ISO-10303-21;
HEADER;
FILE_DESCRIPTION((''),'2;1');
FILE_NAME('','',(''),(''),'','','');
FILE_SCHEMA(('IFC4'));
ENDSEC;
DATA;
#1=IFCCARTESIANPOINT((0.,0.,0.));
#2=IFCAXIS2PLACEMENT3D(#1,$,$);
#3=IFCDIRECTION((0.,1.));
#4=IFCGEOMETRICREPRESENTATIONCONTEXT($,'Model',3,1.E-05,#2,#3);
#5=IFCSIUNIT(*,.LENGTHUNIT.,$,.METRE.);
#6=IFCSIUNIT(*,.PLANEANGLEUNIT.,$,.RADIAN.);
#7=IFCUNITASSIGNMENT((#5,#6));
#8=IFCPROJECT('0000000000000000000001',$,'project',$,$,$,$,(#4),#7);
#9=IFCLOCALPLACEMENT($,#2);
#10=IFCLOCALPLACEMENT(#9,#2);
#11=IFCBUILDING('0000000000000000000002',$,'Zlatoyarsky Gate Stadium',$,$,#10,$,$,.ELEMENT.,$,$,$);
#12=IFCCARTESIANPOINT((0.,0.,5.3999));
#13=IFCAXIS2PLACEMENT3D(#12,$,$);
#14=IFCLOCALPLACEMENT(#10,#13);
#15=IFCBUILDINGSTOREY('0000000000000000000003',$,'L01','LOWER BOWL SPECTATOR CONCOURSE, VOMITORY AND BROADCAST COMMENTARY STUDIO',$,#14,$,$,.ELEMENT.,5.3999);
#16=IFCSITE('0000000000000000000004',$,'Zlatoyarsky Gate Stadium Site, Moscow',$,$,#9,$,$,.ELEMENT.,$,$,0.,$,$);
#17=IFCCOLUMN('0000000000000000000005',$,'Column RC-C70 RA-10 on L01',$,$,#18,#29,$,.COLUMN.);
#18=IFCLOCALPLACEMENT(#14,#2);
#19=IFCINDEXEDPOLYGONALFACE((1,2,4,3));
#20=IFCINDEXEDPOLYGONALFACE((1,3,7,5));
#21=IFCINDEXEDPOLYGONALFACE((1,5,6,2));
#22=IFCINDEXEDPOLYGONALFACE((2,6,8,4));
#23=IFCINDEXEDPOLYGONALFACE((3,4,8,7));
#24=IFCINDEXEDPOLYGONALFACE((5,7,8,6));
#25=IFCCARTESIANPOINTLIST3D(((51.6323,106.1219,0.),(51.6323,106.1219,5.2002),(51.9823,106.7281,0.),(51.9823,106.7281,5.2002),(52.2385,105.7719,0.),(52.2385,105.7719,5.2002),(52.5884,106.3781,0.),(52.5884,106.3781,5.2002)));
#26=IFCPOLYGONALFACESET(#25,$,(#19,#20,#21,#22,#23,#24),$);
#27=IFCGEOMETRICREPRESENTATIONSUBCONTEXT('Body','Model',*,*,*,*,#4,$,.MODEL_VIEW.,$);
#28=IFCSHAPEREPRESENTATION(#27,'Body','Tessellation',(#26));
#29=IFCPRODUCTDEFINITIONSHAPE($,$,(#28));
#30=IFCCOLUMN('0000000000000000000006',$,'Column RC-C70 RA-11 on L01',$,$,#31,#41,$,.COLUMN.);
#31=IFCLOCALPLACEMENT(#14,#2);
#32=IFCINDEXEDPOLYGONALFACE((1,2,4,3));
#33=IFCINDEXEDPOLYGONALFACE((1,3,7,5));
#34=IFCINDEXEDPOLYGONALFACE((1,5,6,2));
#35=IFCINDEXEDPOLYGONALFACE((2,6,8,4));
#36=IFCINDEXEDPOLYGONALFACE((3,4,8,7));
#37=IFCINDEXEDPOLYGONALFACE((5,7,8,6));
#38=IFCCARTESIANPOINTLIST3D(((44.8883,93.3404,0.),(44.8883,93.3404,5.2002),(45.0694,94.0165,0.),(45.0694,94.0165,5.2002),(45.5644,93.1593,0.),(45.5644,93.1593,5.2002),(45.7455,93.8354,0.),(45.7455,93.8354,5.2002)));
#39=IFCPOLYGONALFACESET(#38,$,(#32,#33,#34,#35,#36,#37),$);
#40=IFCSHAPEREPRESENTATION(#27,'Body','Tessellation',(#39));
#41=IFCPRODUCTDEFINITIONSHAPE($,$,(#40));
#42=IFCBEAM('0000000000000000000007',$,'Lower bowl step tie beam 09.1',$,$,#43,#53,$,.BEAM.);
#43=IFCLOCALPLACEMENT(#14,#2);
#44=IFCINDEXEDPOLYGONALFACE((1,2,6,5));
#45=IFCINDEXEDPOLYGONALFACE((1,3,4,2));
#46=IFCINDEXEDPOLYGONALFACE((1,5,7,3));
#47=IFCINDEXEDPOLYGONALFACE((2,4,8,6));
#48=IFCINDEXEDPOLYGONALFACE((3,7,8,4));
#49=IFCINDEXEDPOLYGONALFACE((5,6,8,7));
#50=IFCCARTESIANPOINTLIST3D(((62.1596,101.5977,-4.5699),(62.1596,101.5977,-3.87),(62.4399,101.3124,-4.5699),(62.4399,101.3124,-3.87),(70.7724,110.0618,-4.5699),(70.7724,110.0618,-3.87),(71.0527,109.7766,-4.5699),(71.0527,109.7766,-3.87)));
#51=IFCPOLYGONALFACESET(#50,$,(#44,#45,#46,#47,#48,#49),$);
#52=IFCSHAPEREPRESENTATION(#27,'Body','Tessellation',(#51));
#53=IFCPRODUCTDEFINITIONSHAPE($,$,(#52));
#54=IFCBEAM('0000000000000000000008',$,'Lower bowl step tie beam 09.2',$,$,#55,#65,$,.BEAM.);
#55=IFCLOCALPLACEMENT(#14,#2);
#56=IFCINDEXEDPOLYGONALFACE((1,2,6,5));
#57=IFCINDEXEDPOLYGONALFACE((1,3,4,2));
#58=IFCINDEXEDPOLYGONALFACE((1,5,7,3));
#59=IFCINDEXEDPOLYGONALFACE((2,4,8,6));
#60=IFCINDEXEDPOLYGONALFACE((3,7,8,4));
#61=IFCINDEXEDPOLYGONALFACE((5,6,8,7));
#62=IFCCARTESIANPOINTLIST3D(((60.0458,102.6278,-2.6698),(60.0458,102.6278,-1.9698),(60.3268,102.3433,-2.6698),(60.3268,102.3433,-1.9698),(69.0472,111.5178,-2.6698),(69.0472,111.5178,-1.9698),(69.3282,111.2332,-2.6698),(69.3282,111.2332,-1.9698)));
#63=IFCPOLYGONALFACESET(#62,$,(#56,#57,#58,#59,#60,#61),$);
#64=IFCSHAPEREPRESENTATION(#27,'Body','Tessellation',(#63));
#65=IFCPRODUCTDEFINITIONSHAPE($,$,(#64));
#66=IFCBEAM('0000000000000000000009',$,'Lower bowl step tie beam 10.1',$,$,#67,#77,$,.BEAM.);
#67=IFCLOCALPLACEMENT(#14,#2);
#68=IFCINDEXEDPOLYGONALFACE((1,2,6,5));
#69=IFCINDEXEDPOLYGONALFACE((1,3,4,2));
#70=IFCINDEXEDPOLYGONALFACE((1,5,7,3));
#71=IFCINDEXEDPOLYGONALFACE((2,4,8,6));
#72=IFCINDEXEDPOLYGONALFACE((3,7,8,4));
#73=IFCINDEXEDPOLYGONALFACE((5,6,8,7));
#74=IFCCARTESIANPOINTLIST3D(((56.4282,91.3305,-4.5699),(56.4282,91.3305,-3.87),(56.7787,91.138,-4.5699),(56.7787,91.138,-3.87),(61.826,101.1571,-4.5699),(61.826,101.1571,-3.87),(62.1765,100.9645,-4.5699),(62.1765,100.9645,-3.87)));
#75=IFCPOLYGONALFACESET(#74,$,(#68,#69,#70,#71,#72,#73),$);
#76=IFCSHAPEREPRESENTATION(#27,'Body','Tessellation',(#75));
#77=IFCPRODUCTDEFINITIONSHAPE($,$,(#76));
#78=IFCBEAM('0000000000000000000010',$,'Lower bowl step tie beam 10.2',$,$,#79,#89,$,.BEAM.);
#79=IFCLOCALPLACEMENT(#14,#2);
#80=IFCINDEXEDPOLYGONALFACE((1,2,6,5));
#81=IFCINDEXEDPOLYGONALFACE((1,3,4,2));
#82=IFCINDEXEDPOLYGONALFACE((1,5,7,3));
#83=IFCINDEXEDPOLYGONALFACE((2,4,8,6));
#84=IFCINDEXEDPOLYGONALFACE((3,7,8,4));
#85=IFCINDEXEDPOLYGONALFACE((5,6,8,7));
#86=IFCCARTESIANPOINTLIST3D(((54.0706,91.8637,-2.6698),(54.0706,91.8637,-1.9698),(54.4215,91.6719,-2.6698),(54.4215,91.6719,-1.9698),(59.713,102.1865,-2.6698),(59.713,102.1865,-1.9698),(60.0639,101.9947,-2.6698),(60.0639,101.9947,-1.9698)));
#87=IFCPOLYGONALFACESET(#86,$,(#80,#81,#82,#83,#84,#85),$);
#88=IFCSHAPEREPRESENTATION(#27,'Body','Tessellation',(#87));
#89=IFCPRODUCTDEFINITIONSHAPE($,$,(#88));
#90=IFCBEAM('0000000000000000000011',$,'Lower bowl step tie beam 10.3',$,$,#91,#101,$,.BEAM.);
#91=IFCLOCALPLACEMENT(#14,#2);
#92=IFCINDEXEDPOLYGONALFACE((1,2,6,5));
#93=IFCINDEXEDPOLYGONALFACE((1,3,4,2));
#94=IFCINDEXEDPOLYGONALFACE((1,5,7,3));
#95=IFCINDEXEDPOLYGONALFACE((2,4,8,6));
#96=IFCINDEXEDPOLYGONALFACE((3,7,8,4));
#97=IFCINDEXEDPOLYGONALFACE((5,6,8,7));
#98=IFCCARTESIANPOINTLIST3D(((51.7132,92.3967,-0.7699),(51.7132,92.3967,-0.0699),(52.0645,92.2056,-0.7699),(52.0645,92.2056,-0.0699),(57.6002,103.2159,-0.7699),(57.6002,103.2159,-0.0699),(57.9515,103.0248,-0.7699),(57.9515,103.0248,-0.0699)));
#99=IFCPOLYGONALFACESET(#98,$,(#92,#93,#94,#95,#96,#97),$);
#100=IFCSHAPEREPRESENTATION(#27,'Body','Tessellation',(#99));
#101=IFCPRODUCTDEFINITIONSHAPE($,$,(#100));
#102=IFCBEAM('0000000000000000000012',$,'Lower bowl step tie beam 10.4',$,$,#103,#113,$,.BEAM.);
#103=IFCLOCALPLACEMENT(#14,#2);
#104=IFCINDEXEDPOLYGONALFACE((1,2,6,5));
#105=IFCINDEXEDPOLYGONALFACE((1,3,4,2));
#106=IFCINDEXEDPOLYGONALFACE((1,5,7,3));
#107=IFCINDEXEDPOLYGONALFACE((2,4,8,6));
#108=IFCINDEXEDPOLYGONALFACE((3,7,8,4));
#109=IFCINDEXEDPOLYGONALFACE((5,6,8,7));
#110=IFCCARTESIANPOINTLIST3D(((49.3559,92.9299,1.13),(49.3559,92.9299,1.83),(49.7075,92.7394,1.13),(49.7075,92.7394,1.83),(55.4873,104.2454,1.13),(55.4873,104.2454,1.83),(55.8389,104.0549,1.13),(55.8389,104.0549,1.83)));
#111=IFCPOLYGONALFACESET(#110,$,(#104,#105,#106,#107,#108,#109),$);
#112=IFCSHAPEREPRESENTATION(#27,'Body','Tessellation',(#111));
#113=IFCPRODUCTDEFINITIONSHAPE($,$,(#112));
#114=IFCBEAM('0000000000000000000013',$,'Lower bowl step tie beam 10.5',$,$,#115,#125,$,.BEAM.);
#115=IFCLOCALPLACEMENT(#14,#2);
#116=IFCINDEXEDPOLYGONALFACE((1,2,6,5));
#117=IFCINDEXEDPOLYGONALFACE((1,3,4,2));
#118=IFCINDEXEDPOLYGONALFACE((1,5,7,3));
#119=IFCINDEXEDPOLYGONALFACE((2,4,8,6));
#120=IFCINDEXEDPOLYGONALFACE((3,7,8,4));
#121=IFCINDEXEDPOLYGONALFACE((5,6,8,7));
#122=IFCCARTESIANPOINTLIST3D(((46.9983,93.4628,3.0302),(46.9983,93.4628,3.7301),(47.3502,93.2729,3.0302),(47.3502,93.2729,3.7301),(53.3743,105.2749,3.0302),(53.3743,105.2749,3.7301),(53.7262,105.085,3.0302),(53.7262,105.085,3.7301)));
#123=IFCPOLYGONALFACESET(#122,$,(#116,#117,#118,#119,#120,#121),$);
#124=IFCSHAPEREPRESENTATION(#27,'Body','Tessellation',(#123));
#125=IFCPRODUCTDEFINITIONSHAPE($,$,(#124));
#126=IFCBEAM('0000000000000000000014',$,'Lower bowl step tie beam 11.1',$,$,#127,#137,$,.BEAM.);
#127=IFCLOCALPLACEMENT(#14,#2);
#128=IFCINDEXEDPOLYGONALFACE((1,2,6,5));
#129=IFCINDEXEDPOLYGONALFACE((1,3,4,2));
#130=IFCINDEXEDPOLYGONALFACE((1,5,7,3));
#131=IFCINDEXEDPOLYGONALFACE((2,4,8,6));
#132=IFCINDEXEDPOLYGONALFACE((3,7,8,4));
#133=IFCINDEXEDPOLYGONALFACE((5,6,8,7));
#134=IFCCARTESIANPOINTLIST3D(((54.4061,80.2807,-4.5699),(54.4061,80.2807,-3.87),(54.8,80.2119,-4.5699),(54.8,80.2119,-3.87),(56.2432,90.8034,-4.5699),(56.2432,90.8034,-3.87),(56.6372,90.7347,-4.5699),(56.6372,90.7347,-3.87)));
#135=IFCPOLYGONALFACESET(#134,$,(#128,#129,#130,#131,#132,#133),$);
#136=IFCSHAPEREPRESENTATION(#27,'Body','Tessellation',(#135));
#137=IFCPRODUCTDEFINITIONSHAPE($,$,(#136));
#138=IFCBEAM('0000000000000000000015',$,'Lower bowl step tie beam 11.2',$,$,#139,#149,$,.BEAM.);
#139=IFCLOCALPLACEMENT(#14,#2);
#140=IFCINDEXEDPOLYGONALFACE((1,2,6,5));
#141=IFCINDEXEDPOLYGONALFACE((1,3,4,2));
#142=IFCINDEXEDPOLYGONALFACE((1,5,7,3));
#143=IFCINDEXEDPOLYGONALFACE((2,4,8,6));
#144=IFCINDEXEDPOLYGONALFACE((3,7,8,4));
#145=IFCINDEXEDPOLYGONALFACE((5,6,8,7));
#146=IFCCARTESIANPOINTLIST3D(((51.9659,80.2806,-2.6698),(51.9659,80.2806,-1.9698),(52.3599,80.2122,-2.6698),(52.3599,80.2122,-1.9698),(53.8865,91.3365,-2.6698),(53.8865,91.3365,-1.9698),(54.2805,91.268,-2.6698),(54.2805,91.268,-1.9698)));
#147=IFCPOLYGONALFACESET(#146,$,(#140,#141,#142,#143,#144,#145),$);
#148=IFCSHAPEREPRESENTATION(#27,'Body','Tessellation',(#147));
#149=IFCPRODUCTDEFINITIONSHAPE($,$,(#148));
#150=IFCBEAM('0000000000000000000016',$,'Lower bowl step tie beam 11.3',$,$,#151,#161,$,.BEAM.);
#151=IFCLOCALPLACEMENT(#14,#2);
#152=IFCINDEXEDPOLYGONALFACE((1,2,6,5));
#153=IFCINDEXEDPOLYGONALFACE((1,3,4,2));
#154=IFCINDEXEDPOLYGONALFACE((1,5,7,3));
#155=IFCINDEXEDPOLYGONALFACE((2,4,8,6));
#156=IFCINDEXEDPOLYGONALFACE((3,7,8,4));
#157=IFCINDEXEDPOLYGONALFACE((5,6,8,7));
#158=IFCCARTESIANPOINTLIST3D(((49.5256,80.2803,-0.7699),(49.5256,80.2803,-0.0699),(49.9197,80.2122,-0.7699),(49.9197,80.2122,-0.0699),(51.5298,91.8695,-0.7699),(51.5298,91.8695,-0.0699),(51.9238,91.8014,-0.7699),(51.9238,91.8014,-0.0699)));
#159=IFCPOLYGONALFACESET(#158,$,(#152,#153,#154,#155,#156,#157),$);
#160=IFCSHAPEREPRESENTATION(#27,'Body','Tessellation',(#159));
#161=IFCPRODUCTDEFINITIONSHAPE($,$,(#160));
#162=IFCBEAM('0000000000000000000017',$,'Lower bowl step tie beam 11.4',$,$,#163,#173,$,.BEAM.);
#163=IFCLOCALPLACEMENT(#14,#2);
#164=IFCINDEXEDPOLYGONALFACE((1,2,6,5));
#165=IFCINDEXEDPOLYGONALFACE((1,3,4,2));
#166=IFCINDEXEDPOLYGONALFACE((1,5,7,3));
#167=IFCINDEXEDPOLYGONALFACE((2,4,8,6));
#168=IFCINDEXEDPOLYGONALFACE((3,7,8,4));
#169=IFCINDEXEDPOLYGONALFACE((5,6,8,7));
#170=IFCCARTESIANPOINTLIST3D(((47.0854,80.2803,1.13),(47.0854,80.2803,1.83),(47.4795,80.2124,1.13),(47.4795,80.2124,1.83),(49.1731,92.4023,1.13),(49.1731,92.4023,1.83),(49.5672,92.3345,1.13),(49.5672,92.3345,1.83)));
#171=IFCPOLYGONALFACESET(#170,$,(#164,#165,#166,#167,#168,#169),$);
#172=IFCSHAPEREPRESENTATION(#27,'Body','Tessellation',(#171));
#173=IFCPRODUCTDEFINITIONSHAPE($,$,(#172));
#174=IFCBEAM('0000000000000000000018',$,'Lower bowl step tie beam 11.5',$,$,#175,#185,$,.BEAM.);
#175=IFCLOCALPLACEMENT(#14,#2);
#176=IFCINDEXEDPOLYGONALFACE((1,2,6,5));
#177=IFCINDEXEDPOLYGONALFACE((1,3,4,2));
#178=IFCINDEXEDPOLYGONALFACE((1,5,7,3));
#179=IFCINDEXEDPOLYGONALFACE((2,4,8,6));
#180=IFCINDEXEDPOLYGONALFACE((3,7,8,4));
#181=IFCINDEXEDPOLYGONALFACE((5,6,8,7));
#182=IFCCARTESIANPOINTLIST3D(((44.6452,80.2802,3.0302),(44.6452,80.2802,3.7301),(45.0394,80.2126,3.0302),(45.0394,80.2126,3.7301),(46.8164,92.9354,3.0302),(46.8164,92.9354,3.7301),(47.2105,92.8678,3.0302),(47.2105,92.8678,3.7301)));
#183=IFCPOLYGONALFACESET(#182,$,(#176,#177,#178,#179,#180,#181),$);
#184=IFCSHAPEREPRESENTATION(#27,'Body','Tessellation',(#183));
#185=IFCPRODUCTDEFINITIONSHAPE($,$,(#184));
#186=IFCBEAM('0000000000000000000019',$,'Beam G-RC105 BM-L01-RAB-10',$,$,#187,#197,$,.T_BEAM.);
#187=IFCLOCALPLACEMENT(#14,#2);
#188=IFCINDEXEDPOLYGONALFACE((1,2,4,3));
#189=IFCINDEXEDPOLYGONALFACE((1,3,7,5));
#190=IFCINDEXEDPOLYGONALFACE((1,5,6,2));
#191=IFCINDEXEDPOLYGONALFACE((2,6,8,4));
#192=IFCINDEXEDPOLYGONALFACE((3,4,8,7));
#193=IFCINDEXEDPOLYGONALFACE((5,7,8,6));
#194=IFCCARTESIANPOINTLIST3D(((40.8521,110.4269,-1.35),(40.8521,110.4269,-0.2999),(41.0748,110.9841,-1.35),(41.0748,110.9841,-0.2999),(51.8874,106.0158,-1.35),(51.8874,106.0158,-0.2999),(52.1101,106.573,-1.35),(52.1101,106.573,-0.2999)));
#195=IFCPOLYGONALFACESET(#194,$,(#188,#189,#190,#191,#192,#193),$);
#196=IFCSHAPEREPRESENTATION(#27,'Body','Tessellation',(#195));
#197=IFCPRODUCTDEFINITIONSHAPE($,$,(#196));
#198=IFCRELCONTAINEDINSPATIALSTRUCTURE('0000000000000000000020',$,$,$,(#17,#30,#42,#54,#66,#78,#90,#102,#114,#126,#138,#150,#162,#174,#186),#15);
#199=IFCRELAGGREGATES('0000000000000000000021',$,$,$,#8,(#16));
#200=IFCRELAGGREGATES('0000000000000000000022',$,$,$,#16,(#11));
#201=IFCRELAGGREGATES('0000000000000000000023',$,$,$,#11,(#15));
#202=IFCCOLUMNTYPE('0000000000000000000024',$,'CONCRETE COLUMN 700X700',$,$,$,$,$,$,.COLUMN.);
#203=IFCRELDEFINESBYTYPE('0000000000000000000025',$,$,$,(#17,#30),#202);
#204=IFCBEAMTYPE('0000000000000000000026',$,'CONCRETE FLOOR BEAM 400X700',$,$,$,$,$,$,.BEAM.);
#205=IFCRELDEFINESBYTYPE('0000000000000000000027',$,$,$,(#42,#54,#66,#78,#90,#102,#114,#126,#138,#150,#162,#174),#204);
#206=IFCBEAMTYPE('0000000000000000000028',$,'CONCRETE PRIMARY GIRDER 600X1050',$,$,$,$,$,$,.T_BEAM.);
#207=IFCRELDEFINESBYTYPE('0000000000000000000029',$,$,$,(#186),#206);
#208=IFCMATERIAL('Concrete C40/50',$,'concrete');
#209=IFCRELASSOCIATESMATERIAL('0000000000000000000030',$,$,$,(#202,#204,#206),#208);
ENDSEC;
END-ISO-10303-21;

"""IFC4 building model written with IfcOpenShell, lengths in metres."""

from ifc_helpers import new_model, si_unit, direction, frame, origin, origin_2d, place, context, subcontext, project, spatial, rectangle, extrude, material, material_profile, profile_set, type_object, element, save


model = new_model("IFC4")

# Units and contexts
model_context = context("Model", 3, precision=1e-05, world=origin(), true_north=direction((0.0, 1.0)))
body_context = subcontext(model_context, "Body", "Model", "MODEL_VIEW")
ifc_project = project(units=[si_unit("LENGTHUNIT", "METRE"), si_unit("PLANEANGLEUNIT", "RADIAN")], contexts=[model_context])

# Site, building, storey
site_placement = place(None, origin())
site = spatial("IfcSite", under=ifc_project, at=site_placement, Name="Zlatoyarsky Gate Stadium Site, Moscow", CompositionType="ELEMENT", RefElevation=0.0)
building_placement = place(site_placement, origin())
building = spatial("IfcBuilding", under=site, at=building_placement, Name="Zlatoyarsky Gate Stadium", CompositionType="ELEMENT")
storey_placement = place(building_placement, frame((0.0, 0.0, 5.3999)))
storey = spatial("IfcBuildingStorey", under=building, at=storey_placement, Name="L01", Description="LOWER BOWL SPECTATOR CONCOURSE, VOMITORY AND BROADCAST COMMENTARY STUDIO", CompositionType="ELEMENT", Elevation=5.3999)

# Columns
ifc_material_1 = material(Name="Concrete C40/50", Category="concrete")
ifc_material_profile_1 = material_profile(ifc_material_1, rectangle(XDim=0.7, YDim=0.7, at=origin_2d()), Name="RC COL 700X700")
ifc_profile_set_1 = profile_set([ifc_material_profile_1], Name="Concrete C40/50")
column_type = type_object("IfcColumnType", Name="CONCRETE COLUMN 700X700", PredefinedType="COLUMN", material=ifc_profile_set_1)
for number, where, z_axis, x_axis, name in (
    (1, (52.1104, 106.25, 0.0), (0.0, 0.0, 1.0), (-0.866025, 0.5, 0.0), "Column RC-C70 RA-10 on L01"),
    (2, (45.3169, 93.5879, 0.0), (0.0, 0.0, 1.0), (-0.965926, 0.258819, 0.0), "Column RC-C70 RA-11 on L01"),
):
    element("IfcColumn", number, at=place(storey_placement, frame(where, z_axis=z_axis, x_axis=x_axis)), inside=storey, type_object=column_type, Name=name, PredefinedType="COLUMN", context=body_context, shape_type="SweptSolid", body=[
        extrude(rectangle(XDim=0.7, YDim=0.7, at=origin_2d()), origin(), (0.0, 0.0, 1.0), 5.2002),
    ])

# Beams
ifc_material_profile_2 = material_profile(ifc_material_1, rectangle(XDim=0.3999, YDim=0.7, at=origin_2d()), Name="RC BEAM 400X700")
ifc_profile_set_2 = profile_set([ifc_material_profile_2], Name="Concrete C40/50")
beam_type_1 = type_object("IfcBeamType", Name="CONCRETE FLOOR BEAM 400X700", PredefinedType="BEAM", material=ifc_profile_set_2)
beam_1_placement = place(storey_placement, frame((70.9126, 109.9192, -4.22), z_axis=(-0.713236, -0.700924, 0.0), x_axis=(0.700924, -0.713236, 0.0)))
element("IfcBeam", 3, at=beam_1_placement, inside=storey, type_object=beam_type_1, Name="Lower bowl step tie beam 09.1", PredefinedType="BEAM", context=body_context, shape_type="SweptSolid", body=[
    extrude(rectangle(XDim=0.3999, YDim=0.7, at=origin_2d()), origin(), (0.0, 0.0, 1.0), 12.0757),
])
beam_2_placement = place(storey_placement, frame((69.1877, 111.3755, -2.3198), z_axis=(-0.711503, -0.702684, 0.0), x_axis=(0.702684, -0.711503, 0.0)))
element("IfcBeam", 4, at=beam_2_placement, inside=storey, type_object=beam_type_1, Name="Lower bowl step tie beam 09.2", PredefinedType="BEAM", context=body_context, shape_type="SweptSolid", body=[
    extrude(rectangle(XDim=0.3999, YDim=0.7, at=origin_2d()), origin(), (0.0, 0.0, 1.0), 12.6514),
])
beam_3_placement = place(storey_placement, frame((62.0012, 101.0608, -4.22), z_axis=(-0.481451, -0.876473, 0.0), x_axis=(0.876473, -0.481451, 0.0)))
element("IfcBeam", 5, at=beam_3_placement, inside=storey, type_object=beam_type_1, Name="Lower bowl step tie beam 10.1", PredefinedType="BEAM", context=body_context, shape_type="SweptSolid", body=[
    extrude(rectangle(XDim=0.3999, YDim=0.7, at=origin_2d()), origin(), (0.0, 0.0, 1.0), 11.2114),
])
beam_4_placement = place(storey_placement, frame((59.8884, 102.0906, -2.3198), z_axis=(-0.479621, -0.877476, 0.0), x_axis=(0.877476, -0.479621, 0.0)))
element("IfcBeam", 6, at=beam_4_placement, inside=storey, type_object=beam_type_1, Name="Lower bowl step tie beam 10.2", PredefinedType="BEAM", context=body_context, shape_type="SweptSolid", body=[
    extrude(rectangle(XDim=0.3999, YDim=0.7, at=origin_2d()), origin(), (0.0, 0.0, 1.0), 11.7642),
])
beam_5_placement = place(storey_placement, frame((57.7759, 103.1204, -0.4199), z_axis=(-0.477953, -0.878385, 0.0), x_axis=(0.878385, -0.477953, 0.0)))
element("IfcBeam", 7, at=beam_5_placement, inside=storey, type_object=beam_type_1, Name="Lower bowl step tie beam 10.3", PredefinedType="BEAM", context=body_context, shape_type="SweptSolid", body=[
    extrude(rectangle(XDim=0.3999, YDim=0.7, at=origin_2d()), origin(), (0.0, 0.0, 1.0), 12.3171),
])
beam_6_placement = place(storey_placement, frame((55.6631, 104.1501, 1.48), z_axis=(-0.476413, -0.879222, 0.0), x_axis=(0.879222, -0.476413, 0.0)))
element("IfcBeam", 8, at=beam_6_placement, inside=storey, type_object=beam_type_1, Name="Lower bowl step tie beam 10.4", PredefinedType="BEAM", context=body_context, shape_type="SweptSolid", body=[
    extrude(rectangle(XDim=0.3999, YDim=0.7, at=origin_2d()), origin(), (0.0, 0.0, 1.0), 12.8699),
])
beam_7_placement = place(storey_placement, frame((53.5503, 105.1799, 3.3801), z_axis=(-0.475004, -0.879984, 0.0), x_axis=(0.879984, -0.475004, 0.0)))
element("IfcBeam", 9, at=beam_7_placement, inside=storey, type_object=beam_type_1, Name="Lower bowl step tie beam 10.5", PredefinedType="BEAM", context=body_context, shape_type="SweptSolid", body=[
    extrude(rectangle(XDim=0.3999, YDim=0.7, at=origin_2d()), origin(), (0.0, 0.0, 1.0), 13.4231),
])
beam_8_placement = place(storey_placement, frame((56.4402, 90.769, -4.22), z_axis=(-0.171988, -0.985099, 0.0), x_axis=(0.985099, -0.171988, 0.0)))
element("IfcBeam", 10, at=beam_8_placement, inside=storey, type_object=beam_type_1, Name="Lower bowl step tie beam 11.1", PredefinedType="BEAM", context=body_context, shape_type="SweptSolid", body=[
    extrude(rectangle(XDim=0.3999, YDim=0.7, at=origin_2d()), origin(), (0.0, 0.0, 1.0), 10.6819),
])
beam_9_placement = place(storey_placement, frame((54.0835, 91.3022, -2.3198), z_axis=(-0.171158, -0.985244, 0.0), x_axis=(0.985244, -0.171158, 0.0)))
element("IfcBeam", 11, at=beam_9_placement, inside=storey, type_object=beam_type_1, Name="Lower bowl step tie beam 11.2", PredefinedType="BEAM", context=body_context, shape_type="SweptSolid", body=[
    extrude(rectangle(XDim=0.3999, YDim=0.7, at=origin_2d()), origin(), (0.0, 0.0, 1.0), 11.2214),
])
beam_10_placement = place(storey_placement, frame((51.7268, 91.8354, -0.4199), z_axis=(-0.170405, -0.985374, 0.0), x_axis=(0.985374, -0.170405, 0.0)))
element("IfcBeam", 12, at=beam_10_placement, inside=storey, type_object=beam_type_1, Name="Lower bowl step tie beam 11.3", PredefinedType="BEAM", context=body_context, shape_type="SweptSolid", body=[
    extrude(rectangle(XDim=0.3999, YDim=0.7, at=origin_2d()), origin(), (0.0, 0.0, 1.0), 11.7612),
])
beam_11_placement = place(storey_placement, frame((49.3701, 92.3684, 1.48), z_axis=(-0.16972, -0.985492, 0.0), x_axis=(0.985492, -0.16972, 0.0)))
element("IfcBeam", 13, at=beam_11_placement, inside=storey, type_object=beam_type_1, Name="Lower bowl step tie beam 11.4", PredefinedType="BEAM", context=body_context, shape_type="SweptSolid", body=[
    extrude(rectangle(XDim=0.3999, YDim=0.7, at=origin_2d()), origin(), (0.0, 0.0, 1.0), 12.3005),
])
beam_12_placement = place(storey_placement, frame((47.0134, 92.9016, 3.3801), z_axis=(-0.16909, -0.985601, 0.0), x_axis=(0.985601, -0.16909, 0.0)))
element("IfcBeam", 14, at=beam_12_placement, inside=storey, type_object=beam_type_1, Name="Lower bowl step tie beam 11.5", PredefinedType="BEAM", context=body_context, shape_type="SweptSolid", body=[
    extrude(rectangle(XDim=0.3999, YDim=0.7, at=origin_2d()), origin(), (0.0, 0.0, 1.0), 12.8401),
])
ifc_material_profile_3 = material_profile(ifc_material_1, rectangle(XDim=0.6001, YDim=1.05, at=origin_2d()), Name="RC GIRDER 600X1050")
ifc_profile_set_3 = profile_set([ifc_material_profile_3], Name="Concrete C40/50")
beam_type_2 = type_object("IfcBeamType", Name="CONCRETE PRIMARY GIRDER 600X1050", PredefinedType="T_BEAM", material=ifc_profile_set_3)
beam_13_placement = place(storey_placement, frame((51.9988, 106.2944, -0.825), z_axis=(-0.928565, 0.371171, 0.0), x_axis=(-0.371171, -0.928565, 0.0)))
element("IfcBeam", 15, at=beam_13_placement, inside=storey, type_object=beam_type_2, Name="Beam G-RC105 BM-L01-RAB-10", PredefinedType="T_BEAM", context=body_context, shape_type="SweptSolid", body=[
    extrude(rectangle(XDim=0.6001, YDim=1.05, at=origin_2d()), origin(), (0.0, 0.0, 1.0), 11.8843),
])

save(model, "model.ifc")
